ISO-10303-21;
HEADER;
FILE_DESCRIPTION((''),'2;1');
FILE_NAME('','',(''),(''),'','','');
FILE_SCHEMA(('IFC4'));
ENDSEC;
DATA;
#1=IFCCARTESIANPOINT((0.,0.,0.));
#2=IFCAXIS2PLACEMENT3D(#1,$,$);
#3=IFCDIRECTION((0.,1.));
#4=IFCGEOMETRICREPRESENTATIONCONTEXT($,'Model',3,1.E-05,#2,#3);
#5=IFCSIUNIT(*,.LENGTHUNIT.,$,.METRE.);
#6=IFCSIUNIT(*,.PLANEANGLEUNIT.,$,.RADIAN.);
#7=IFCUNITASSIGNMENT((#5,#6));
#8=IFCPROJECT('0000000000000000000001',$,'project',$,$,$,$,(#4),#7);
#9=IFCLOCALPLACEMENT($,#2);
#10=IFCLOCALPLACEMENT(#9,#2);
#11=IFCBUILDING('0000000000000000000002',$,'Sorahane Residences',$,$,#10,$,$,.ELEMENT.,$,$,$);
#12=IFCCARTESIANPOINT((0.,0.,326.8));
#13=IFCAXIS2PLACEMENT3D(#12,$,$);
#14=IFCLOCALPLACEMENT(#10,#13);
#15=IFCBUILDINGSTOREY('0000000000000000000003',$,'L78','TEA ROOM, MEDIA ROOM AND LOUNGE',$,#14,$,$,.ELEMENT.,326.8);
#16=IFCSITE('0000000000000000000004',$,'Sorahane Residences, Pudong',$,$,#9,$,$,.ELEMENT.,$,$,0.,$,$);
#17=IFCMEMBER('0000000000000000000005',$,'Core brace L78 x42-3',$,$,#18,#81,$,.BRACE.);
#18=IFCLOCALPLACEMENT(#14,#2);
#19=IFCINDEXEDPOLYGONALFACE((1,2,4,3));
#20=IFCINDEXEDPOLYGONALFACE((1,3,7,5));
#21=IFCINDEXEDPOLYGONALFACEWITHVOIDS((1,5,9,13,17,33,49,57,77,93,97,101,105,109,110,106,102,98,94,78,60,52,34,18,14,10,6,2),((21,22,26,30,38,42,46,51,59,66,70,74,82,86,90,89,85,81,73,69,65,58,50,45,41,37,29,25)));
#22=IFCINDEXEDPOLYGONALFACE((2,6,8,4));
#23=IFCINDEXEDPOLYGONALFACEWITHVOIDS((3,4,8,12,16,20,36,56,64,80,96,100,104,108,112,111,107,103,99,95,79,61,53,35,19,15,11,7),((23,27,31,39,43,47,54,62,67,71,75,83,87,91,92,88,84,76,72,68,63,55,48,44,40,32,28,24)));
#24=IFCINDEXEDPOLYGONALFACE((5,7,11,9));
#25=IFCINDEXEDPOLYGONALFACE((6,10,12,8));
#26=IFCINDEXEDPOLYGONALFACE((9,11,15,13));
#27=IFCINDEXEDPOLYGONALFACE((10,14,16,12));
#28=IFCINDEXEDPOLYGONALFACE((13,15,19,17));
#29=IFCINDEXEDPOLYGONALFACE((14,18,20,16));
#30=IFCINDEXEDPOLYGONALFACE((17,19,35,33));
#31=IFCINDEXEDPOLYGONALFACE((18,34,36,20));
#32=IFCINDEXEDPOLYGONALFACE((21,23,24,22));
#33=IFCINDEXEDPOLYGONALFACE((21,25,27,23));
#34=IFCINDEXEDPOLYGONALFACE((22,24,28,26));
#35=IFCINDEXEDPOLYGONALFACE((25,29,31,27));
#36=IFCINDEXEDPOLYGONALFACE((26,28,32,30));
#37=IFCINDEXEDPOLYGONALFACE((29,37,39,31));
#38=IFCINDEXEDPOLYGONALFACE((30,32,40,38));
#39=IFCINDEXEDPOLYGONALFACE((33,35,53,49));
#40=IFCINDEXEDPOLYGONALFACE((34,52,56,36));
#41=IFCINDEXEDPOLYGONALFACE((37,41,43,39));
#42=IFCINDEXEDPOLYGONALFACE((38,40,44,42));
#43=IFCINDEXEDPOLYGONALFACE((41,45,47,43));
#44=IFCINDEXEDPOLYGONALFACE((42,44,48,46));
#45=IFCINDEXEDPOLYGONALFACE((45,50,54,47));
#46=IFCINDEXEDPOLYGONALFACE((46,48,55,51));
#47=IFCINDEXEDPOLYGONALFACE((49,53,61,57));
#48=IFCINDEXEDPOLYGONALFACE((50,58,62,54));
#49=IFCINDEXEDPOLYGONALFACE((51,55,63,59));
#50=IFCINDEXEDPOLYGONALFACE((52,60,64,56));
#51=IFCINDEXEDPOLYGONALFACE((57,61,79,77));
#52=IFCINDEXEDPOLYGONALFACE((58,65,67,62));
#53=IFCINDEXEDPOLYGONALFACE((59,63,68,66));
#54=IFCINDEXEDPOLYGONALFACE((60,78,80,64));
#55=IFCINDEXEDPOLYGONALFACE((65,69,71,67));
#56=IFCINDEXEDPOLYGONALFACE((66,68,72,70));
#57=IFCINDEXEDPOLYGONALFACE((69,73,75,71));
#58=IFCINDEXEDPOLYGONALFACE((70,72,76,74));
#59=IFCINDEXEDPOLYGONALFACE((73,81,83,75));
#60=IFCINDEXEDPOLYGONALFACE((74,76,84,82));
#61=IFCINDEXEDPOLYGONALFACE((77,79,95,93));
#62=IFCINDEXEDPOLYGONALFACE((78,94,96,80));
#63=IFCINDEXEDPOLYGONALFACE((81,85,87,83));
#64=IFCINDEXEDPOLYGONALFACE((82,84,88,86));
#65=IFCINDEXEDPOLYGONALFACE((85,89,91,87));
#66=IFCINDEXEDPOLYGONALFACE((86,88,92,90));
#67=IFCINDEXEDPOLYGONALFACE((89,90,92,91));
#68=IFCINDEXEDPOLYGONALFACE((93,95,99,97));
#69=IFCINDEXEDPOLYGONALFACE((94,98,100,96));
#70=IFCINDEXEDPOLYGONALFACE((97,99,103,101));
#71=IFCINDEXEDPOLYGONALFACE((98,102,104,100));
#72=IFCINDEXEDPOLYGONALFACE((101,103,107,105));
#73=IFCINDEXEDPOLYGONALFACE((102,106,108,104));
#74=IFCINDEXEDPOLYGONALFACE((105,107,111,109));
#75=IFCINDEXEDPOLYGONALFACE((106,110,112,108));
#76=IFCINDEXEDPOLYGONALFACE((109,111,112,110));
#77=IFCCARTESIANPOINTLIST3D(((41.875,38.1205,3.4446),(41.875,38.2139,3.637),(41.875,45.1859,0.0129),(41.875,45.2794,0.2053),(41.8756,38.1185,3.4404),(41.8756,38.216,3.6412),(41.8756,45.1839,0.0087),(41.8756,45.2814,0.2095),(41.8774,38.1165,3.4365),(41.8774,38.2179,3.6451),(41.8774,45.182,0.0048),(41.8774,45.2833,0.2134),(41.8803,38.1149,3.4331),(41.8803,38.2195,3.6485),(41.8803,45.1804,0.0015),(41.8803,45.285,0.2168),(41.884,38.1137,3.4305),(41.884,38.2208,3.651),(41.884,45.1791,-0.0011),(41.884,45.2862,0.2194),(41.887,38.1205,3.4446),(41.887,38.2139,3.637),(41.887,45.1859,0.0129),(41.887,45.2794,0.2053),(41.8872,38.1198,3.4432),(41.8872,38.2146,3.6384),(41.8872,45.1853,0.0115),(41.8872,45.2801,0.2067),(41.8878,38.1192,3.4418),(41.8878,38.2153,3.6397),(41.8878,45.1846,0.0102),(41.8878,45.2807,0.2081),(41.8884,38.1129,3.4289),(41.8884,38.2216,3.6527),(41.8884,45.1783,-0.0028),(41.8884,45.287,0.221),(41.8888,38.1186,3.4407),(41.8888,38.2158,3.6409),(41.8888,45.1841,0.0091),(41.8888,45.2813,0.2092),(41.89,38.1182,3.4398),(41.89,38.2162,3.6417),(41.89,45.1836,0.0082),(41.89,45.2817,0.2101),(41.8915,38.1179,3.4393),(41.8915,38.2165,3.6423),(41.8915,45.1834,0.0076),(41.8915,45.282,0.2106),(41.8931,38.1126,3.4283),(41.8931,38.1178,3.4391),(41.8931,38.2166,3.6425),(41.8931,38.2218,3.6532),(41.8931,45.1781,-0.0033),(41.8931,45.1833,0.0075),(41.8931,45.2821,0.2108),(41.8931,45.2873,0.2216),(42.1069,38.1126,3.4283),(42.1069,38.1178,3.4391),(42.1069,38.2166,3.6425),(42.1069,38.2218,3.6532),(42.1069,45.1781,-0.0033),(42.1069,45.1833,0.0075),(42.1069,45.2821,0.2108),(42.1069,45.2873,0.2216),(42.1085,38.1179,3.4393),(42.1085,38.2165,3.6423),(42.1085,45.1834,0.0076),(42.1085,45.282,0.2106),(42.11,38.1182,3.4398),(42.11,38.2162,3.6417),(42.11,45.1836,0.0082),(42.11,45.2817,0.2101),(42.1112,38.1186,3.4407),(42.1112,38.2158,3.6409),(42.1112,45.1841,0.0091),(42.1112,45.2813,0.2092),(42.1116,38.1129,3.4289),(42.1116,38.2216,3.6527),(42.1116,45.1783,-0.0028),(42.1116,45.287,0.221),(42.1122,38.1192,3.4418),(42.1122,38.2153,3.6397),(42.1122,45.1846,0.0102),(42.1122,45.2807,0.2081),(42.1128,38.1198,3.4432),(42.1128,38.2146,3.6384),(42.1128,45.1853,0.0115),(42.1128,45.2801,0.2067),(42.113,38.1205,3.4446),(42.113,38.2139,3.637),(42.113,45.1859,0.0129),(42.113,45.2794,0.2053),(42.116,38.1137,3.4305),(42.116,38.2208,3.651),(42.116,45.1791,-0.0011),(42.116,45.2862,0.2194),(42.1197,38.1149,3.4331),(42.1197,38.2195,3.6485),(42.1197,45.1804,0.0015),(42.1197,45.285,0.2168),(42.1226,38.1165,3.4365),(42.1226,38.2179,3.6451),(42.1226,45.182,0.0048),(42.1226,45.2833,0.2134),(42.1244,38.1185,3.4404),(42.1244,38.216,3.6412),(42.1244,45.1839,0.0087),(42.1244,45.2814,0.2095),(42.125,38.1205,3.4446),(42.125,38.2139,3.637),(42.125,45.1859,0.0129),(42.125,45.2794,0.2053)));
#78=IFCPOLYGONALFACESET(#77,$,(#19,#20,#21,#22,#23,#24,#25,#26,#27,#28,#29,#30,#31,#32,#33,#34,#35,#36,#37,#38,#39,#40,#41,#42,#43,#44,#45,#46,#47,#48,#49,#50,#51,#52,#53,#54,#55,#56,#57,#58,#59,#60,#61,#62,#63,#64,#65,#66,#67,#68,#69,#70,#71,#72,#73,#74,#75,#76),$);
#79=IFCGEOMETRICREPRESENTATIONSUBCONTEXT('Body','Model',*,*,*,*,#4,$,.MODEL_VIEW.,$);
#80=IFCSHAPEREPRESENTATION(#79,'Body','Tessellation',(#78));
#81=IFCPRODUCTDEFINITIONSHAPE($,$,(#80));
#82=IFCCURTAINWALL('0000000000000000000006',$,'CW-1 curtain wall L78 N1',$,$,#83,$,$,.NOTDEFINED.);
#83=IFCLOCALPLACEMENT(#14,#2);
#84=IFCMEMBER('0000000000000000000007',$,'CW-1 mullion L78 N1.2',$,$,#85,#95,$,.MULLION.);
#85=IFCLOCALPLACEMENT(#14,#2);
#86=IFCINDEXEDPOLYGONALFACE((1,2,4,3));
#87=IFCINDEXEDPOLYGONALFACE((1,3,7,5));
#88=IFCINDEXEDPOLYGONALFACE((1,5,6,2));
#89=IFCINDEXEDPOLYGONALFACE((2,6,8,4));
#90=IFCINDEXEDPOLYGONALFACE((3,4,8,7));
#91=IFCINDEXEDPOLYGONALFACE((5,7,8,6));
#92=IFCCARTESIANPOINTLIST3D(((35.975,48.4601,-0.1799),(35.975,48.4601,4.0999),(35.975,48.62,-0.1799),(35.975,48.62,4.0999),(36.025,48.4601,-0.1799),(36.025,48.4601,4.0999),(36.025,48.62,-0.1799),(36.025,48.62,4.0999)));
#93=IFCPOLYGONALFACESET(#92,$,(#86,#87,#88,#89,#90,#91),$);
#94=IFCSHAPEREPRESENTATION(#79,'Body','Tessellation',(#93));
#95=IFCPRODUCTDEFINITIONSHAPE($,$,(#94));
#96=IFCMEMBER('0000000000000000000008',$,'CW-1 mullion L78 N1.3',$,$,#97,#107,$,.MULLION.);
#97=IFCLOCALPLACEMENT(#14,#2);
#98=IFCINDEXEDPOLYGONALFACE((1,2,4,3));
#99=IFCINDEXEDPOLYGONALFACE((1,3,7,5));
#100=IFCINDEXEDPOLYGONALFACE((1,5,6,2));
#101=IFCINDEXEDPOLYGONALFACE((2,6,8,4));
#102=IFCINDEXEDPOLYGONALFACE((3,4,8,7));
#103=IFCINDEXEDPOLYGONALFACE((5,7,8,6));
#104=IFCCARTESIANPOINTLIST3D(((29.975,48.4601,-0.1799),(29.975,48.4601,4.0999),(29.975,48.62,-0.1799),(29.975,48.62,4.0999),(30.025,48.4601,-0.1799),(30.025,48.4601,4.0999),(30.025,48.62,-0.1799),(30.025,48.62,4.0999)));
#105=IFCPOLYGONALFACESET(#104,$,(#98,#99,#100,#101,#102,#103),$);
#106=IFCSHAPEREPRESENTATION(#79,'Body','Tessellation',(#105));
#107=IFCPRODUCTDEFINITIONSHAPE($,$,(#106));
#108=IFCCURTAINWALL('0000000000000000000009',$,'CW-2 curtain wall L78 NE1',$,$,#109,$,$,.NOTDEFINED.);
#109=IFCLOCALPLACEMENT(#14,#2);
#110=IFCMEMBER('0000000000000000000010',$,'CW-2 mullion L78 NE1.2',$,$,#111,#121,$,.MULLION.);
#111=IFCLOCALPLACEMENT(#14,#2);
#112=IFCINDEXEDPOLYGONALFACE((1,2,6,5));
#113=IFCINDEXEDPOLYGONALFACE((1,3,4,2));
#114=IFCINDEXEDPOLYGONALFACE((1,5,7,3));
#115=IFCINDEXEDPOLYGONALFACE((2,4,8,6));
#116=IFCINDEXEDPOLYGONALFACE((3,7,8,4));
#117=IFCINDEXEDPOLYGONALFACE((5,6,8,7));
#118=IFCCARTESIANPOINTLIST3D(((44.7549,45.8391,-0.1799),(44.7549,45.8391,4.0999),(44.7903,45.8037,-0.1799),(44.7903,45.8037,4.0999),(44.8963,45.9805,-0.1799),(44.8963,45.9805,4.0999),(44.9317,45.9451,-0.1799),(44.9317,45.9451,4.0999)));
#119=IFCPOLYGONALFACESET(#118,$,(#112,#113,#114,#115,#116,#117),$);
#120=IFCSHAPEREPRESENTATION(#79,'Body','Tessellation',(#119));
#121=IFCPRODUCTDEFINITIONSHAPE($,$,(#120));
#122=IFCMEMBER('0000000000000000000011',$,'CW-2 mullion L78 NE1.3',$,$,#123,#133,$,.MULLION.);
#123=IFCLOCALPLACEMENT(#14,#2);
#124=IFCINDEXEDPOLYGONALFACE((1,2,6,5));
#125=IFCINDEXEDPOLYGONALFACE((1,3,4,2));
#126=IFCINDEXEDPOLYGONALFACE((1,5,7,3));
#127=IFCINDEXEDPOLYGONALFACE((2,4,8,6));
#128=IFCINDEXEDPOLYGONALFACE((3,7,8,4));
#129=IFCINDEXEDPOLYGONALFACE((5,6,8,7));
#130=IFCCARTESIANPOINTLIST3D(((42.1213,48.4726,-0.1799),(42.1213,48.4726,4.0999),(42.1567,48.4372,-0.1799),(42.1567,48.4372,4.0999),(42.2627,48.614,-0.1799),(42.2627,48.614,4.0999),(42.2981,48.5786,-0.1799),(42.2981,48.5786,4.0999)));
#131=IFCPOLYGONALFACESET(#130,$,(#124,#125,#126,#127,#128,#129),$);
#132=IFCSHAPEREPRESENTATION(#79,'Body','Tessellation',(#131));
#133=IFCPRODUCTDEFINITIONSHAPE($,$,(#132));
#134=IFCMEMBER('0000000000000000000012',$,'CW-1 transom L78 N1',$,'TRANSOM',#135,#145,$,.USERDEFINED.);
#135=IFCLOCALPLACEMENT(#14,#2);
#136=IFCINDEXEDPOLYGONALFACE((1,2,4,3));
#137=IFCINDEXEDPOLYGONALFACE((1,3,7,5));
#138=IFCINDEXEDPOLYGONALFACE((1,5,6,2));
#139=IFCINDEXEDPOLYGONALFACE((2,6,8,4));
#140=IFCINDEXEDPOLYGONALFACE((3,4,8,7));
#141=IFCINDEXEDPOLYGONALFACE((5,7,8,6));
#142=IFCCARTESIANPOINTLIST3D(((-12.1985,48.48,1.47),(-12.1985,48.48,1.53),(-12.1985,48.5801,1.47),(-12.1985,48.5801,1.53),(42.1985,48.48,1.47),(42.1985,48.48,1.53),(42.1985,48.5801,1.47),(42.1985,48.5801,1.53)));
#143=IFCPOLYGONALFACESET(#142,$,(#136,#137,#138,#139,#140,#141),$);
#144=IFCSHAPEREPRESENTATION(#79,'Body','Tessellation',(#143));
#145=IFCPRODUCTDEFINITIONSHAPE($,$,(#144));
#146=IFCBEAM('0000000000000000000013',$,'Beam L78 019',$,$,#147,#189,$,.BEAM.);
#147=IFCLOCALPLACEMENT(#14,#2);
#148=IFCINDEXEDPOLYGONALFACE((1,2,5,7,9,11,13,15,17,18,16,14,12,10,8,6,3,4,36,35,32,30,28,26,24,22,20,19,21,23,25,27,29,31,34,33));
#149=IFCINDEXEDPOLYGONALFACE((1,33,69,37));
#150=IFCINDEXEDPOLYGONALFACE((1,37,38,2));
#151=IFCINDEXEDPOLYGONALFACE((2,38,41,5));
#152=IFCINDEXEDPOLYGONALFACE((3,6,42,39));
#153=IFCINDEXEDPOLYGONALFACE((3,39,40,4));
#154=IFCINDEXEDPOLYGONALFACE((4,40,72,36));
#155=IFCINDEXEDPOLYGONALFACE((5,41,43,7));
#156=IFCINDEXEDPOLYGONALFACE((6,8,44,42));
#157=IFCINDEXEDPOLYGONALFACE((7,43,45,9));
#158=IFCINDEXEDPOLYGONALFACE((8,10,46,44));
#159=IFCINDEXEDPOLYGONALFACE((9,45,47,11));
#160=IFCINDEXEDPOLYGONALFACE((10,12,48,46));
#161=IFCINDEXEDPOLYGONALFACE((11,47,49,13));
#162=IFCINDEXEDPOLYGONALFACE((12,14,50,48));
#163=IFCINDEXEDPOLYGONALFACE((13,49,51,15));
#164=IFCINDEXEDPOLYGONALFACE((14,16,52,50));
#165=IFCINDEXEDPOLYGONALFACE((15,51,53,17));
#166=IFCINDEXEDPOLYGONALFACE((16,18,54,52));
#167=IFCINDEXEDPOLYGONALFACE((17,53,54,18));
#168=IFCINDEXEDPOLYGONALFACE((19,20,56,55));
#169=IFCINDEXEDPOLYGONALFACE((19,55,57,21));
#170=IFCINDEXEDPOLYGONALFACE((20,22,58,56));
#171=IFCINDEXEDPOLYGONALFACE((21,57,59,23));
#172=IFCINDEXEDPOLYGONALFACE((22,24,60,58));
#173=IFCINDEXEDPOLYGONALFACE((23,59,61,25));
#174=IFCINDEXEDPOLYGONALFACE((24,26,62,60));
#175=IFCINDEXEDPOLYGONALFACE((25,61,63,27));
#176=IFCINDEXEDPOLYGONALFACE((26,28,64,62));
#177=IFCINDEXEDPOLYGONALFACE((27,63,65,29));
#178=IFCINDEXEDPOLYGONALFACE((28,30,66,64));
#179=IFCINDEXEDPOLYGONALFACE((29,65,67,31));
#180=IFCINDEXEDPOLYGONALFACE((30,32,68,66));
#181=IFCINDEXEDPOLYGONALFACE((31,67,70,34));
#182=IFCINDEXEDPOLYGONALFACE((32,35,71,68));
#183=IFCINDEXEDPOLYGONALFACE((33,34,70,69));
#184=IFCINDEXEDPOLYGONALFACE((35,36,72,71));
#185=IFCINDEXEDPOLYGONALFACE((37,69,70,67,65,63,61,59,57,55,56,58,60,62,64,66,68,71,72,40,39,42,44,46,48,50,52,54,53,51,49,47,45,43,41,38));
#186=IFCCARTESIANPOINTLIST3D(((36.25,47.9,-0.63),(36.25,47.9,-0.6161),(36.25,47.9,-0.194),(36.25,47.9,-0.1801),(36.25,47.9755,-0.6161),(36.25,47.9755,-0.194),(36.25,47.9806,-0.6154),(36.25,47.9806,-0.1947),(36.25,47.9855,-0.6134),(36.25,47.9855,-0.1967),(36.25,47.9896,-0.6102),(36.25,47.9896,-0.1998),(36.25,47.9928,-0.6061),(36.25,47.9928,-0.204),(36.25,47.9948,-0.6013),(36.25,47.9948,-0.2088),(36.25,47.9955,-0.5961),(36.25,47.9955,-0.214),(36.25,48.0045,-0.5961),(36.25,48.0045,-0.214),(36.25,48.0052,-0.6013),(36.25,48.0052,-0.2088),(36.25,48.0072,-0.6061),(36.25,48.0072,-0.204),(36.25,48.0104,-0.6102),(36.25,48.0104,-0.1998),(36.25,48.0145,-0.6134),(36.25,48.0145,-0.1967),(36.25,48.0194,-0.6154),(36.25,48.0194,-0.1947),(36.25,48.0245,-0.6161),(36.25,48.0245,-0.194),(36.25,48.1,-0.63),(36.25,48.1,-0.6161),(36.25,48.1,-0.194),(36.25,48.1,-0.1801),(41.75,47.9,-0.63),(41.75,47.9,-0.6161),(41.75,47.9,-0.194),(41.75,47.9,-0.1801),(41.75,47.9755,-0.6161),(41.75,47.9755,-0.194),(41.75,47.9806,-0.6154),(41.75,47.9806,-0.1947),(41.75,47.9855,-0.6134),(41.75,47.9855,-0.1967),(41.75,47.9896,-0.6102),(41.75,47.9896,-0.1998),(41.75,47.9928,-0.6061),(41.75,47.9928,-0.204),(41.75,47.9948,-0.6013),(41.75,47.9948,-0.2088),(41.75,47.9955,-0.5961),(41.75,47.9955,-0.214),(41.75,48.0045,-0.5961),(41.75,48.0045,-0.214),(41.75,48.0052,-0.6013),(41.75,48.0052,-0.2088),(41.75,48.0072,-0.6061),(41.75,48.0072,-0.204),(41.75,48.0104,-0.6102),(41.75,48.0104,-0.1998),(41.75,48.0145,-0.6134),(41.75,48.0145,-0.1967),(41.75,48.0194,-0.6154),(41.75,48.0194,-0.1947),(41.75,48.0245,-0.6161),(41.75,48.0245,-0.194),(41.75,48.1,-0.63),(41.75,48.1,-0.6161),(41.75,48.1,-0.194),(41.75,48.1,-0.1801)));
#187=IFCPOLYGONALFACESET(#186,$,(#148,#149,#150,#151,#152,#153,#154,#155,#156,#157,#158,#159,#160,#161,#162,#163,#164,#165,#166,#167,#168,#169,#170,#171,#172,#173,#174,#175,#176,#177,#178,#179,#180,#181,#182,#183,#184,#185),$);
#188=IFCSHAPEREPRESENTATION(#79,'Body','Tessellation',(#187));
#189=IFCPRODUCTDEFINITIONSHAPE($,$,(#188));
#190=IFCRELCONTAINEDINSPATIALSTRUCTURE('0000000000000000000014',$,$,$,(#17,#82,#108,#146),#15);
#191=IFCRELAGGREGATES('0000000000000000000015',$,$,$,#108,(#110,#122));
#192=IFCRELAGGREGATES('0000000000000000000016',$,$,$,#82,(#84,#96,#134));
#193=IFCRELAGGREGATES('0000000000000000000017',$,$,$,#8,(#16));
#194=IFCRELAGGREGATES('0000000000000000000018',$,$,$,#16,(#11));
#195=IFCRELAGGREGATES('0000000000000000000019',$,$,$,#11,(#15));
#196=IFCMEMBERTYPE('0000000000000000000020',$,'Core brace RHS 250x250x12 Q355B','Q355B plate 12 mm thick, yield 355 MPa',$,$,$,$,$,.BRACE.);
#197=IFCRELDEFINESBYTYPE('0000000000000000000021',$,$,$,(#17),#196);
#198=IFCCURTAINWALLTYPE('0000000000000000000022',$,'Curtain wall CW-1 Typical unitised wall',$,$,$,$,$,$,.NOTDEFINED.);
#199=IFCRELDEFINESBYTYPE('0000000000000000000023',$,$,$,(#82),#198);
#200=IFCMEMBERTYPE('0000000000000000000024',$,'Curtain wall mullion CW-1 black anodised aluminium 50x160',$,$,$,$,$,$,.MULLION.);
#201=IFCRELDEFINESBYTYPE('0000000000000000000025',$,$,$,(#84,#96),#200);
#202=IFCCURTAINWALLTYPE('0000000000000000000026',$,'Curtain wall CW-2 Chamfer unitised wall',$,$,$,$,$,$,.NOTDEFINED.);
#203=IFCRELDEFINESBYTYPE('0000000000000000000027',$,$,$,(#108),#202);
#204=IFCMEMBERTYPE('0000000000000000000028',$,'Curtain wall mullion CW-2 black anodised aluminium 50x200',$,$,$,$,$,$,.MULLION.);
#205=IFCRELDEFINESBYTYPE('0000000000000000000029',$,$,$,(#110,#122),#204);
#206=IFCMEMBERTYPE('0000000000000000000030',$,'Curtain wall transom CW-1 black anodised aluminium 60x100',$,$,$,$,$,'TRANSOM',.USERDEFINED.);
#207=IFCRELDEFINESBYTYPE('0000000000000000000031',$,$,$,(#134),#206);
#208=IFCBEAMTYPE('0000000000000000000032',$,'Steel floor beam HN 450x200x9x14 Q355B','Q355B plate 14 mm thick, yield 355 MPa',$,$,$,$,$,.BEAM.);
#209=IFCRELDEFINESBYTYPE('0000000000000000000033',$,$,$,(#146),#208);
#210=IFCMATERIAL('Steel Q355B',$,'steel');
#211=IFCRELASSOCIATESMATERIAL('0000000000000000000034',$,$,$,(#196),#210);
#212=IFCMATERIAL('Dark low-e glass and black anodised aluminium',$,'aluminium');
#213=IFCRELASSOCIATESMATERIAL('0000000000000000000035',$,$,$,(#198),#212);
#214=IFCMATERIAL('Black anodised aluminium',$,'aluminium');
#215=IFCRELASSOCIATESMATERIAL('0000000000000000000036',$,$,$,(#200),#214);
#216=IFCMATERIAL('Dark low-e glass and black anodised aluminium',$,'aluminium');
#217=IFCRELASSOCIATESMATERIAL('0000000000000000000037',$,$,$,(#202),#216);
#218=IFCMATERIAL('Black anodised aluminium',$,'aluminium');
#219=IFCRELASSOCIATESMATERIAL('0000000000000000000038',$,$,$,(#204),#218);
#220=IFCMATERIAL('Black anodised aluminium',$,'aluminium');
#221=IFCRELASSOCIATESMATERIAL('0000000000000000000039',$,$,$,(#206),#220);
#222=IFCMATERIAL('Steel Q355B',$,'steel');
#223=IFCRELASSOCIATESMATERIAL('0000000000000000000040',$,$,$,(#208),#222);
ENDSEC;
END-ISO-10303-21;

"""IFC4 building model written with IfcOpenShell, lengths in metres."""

from ifc_helpers import new_model, si_unit, direction, frame, origin, origin_2d, place, context, subcontext, project, spatial, rectangle, hollow_rectangle, i_section, extrude, material, material_profile, profile_set, type_object, element, aggregate, save


model = new_model("IFC4")

# Units and contexts
model_context = context("Model", 3, precision=1e-05, world=origin(), true_north=direction((0.0, 1.0)))
body_context = subcontext(model_context, "Body", "Model", "MODEL_VIEW")
ifc_project = project(units=[si_unit("LENGTHUNIT", "METRE"), si_unit("PLANEANGLEUNIT", "RADIAN")], contexts=[model_context])

# Site, building, storey
site_placement = place(None, origin())
site = spatial("IfcSite", under=ifc_project, at=site_placement, Name="Sorahane Residences, Pudong", CompositionType="ELEMENT", RefElevation=0.0)
building_placement = place(site_placement, origin())
building = spatial("IfcBuilding", under=site, at=building_placement, Name="Sorahane Residences", CompositionType="ELEMENT")
storey_placement = place(building_placement, frame((0.0, 0.0, 326.8)))
storey = spatial("IfcBuildingStorey", under=building, at=storey_placement, Name="L78", Description="TEA ROOM, MEDIA ROOM AND LOUNGE", CompositionType="ELEMENT", Elevation=326.8)

# Member
ifc_material_1 = material(Name="Steel Q355B", Category="steel")
ifc_material_profile_1 = material_profile(ifc_material_1, hollow_rectangle(XDim=0.25, YDim=0.25, WallThickness=0.012, InnerFilletRadius=0.0061, OuterFilletRadius=0.0181, at=origin_2d()), Name="RHS 250x250x12")
ifc_profile_set_1 = profile_set([ifc_material_profile_1], Name="Steel Q355B")
member_type_1 = type_object("IfcMemberType", Name="Core brace RHS 250x250x12 Q355B", Description="Q355B plate 12 mm thick, yield 355 MPa", PredefinedType="BRACE", material=ifc_profile_set_1)
member_1_placement = place(storey_placement, frame((42.0, 45.2327, 0.1091), z_axis=(0.0, -0.899515, 0.43689), x_axis=(1.0, 0.0, 0.0)))
element("IfcMember", 1, at=member_1_placement, inside=storey, type_object=member_type_1, Name="Core brace L78 x42-3", PredefinedType="BRACE", context=body_context, shape_type="SweptSolid", body=[
    extrude(hollow_rectangle(XDim=0.25, YDim=0.25, WallThickness=0.012, InnerFilletRadius=0.0061, OuterFilletRadius=0.0181, at=origin_2d()), origin(), (0.0, 0.0, 1.0), 7.8547),
])

# Curtain walls, members
ifc_material_2 = material(Name="Dark low-e glass and black anodised aluminium", Category="aluminium")
curtain_wall_type_1 = type_object("IfcCurtainWallType", Name="Curtain wall CW-1 Typical unitised wall", PredefinedType="NOTDEFINED", material=ifc_material_2)
curtain_wall_1_placement = place(storey_placement, origin())
curtain_wall_1 = element("IfcCurtainWall", 2, at=curtain_wall_1_placement, inside=storey, type_object=curtain_wall_type_1, Name="CW-1 curtain wall L78 N1", PredefinedType="NOTDEFINED")
ifc_material_3 = material(Name="Black anodised aluminium", Category="aluminium")
ifc_material_profile_2 = material_profile(ifc_material_3, rectangle(XDim=0.1599, YDim=0.05, at=origin_2d()), Name="Curtain wall mullion CW-1 black anodised aluminium 50x160")
ifc_profile_set_2 = profile_set([ifc_material_profile_2], Name="Black anodised aluminium")
member_type_2 = type_object("IfcMemberType", Name="Curtain wall mullion CW-1 black anodised aluminium 50x160", PredefinedType="MULLION", material=ifc_profile_set_2)
member_2_placement = place(storey_placement, frame((36.0, 48.54, -0.1799), z_axis=(0.0, 0.0, 1.0), x_axis=(0.0, 1.0, 0.0)))
member_2 = element("IfcMember", 3, at=member_2_placement, type_object=member_type_2, Name="CW-1 mullion L78 N1.2", PredefinedType="MULLION", context=body_context, shape_type="SweptSolid", body=[
    extrude(rectangle(XDim=0.1599, YDim=0.05, at=origin_2d()), origin(), (0.0, 0.0, 1.0), 4.2798),
])
member_3_placement = place(storey_placement, frame((30.0, 48.54, -0.1799), z_axis=(0.0, 0.0, 1.0), x_axis=(0.0, 1.0, 0.0)))
member_3 = element("IfcMember", 4, at=member_3_placement, type_object=member_type_2, Name="CW-1 mullion L78 N1.3", PredefinedType="MULLION", context=body_context, shape_type="SweptSolid", body=[
    extrude(rectangle(XDim=0.1599, YDim=0.05, at=origin_2d()), origin(), (0.0, 0.0, 1.0), 4.2798),
])
ifc_material_4 = material(Name="Dark low-e glass and black anodised aluminium", Category="aluminium")
curtain_wall_type_2 = type_object("IfcCurtainWallType", Name="Curtain wall CW-2 Chamfer unitised wall", PredefinedType="NOTDEFINED", material=ifc_material_4)
curtain_wall_2_placement = place(storey_placement, origin())
curtain_wall_2 = element("IfcCurtainWall", 5, at=curtain_wall_2_placement, inside=storey, type_object=curtain_wall_type_2, Name="CW-2 curtain wall L78 NE1", PredefinedType="NOTDEFINED")
ifc_material_5 = material(Name="Black anodised aluminium", Category="aluminium")
ifc_material_profile_3 = material_profile(ifc_material_5, rectangle(XDim=0.2, YDim=0.05, at=origin_2d()), Name="Curtain wall mullion CW-2 black anodised aluminium 50x200")
ifc_profile_set_3 = profile_set([ifc_material_profile_3], Name="Black anodised aluminium")
member_type_3 = type_object("IfcMemberType", Name="Curtain wall mullion CW-2 black anodised aluminium 50x200", PredefinedType="MULLION", material=ifc_profile_set_3)
member_4_placement = place(storey_placement, frame((44.8433, 45.8921, -0.1799), z_axis=(0.0, 0.0, 1.0), x_axis=(0.707107, 0.707107, 0.0)))
member_4 = element("IfcMember", 6, at=member_4_placement, type_object=member_type_3, Name="CW-2 mullion L78 NE1.2", PredefinedType="MULLION", context=body_context, shape_type="SweptSolid", body=[
    extrude(rectangle(XDim=0.2, YDim=0.05, at=origin_2d()), origin(), (0.0, 0.0, 1.0), 4.2798),
])
member_5_placement = place(storey_placement, frame((42.2097, 48.5256, -0.1799), z_axis=(0.0, 0.0, 1.0), x_axis=(0.707107, 0.707107, 0.0)))
member_5 = element("IfcMember", 7, at=member_5_placement, type_object=member_type_3, Name="CW-2 mullion L78 NE1.3", PredefinedType="MULLION", context=body_context, shape_type="SweptSolid", body=[
    extrude(rectangle(XDim=0.2, YDim=0.05, at=origin_2d()), origin(), (0.0, 0.0, 1.0), 4.2798),
])

# Member
ifc_material_6 = material(Name="Black anodised aluminium", Category="aluminium")
ifc_material_profile_4 = material_profile(ifc_material_6, rectangle(XDim=0.1001, YDim=0.0601, at=origin_2d()), Name="Curtain wall transom CW-1 black anodised aluminium 60x100")
ifc_profile_set_4 = profile_set([ifc_material_profile_4], Name="Black anodised aluminium")
member_type_4 = type_object("IfcMemberType", Name="Curtain wall transom CW-1 black anodised aluminium 60x100", ElementType="TRANSOM", PredefinedType="USERDEFINED", material=ifc_profile_set_4)
member_6_placement = place(storey_placement, frame((42.1985, 48.53, 1.5), z_axis=(-1.0, 0.0, 0.0), x_axis=(0.0, -1.0, 0.0)))
member_6 = element("IfcMember", 8, at=member_6_placement, type_object=member_type_4, Name="CW-1 transom L78 N1", ObjectType="TRANSOM", PredefinedType="USERDEFINED", context=body_context, shape_type="SweptSolid", body=[
    extrude(rectangle(XDim=0.1001, YDim=0.0601, at=origin_2d()), origin(), (0.0, 0.0, 1.0), 54.397),
])

# Beam
ifc_material_7 = material(Name="Steel Q355B", Category="steel")
ifc_material_profile_5 = material_profile(ifc_material_7, i_section(OverallWidth=0.2, OverallDepth=0.45, WebThickness=0.009, FlangeThickness=0.0139, FilletRadius=0.02, at=origin_2d()), Name="HN 450x200x9x14")
ifc_profile_set_5 = profile_set([ifc_material_profile_5], Name="Steel Q355B")
beam_type = type_object("IfcBeamType", Name="Steel floor beam HN 450x200x9x14 Q355B", Description="Q355B plate 14 mm thick, yield 355 MPa", PredefinedType="BEAM", material=ifc_profile_set_5)
beam_1_placement = place(storey_placement, frame((36.25, 48.0, -0.405), z_axis=(1.0, 0.0, 0.0), x_axis=(0.0, 1.0, 0.0)))
element("IfcBeam", 9, at=beam_1_placement, inside=storey, type_object=beam_type, Name="Beam L78 019", PredefinedType="BEAM", context=body_context, shape_type="SweptSolid", body=[
    extrude(i_section(OverallWidth=0.2, OverallDepth=0.45, WebThickness=0.009, FlangeThickness=0.0139, FilletRadius=0.02, at=origin_2d()), origin(), (0.0, 0.0, 1.0), 5.5),
])

aggregate(curtain_wall_2, [member_4, member_5])
aggregate(curtain_wall_1, [member_2, member_3, member_6])

save(model, "model.ifc")
